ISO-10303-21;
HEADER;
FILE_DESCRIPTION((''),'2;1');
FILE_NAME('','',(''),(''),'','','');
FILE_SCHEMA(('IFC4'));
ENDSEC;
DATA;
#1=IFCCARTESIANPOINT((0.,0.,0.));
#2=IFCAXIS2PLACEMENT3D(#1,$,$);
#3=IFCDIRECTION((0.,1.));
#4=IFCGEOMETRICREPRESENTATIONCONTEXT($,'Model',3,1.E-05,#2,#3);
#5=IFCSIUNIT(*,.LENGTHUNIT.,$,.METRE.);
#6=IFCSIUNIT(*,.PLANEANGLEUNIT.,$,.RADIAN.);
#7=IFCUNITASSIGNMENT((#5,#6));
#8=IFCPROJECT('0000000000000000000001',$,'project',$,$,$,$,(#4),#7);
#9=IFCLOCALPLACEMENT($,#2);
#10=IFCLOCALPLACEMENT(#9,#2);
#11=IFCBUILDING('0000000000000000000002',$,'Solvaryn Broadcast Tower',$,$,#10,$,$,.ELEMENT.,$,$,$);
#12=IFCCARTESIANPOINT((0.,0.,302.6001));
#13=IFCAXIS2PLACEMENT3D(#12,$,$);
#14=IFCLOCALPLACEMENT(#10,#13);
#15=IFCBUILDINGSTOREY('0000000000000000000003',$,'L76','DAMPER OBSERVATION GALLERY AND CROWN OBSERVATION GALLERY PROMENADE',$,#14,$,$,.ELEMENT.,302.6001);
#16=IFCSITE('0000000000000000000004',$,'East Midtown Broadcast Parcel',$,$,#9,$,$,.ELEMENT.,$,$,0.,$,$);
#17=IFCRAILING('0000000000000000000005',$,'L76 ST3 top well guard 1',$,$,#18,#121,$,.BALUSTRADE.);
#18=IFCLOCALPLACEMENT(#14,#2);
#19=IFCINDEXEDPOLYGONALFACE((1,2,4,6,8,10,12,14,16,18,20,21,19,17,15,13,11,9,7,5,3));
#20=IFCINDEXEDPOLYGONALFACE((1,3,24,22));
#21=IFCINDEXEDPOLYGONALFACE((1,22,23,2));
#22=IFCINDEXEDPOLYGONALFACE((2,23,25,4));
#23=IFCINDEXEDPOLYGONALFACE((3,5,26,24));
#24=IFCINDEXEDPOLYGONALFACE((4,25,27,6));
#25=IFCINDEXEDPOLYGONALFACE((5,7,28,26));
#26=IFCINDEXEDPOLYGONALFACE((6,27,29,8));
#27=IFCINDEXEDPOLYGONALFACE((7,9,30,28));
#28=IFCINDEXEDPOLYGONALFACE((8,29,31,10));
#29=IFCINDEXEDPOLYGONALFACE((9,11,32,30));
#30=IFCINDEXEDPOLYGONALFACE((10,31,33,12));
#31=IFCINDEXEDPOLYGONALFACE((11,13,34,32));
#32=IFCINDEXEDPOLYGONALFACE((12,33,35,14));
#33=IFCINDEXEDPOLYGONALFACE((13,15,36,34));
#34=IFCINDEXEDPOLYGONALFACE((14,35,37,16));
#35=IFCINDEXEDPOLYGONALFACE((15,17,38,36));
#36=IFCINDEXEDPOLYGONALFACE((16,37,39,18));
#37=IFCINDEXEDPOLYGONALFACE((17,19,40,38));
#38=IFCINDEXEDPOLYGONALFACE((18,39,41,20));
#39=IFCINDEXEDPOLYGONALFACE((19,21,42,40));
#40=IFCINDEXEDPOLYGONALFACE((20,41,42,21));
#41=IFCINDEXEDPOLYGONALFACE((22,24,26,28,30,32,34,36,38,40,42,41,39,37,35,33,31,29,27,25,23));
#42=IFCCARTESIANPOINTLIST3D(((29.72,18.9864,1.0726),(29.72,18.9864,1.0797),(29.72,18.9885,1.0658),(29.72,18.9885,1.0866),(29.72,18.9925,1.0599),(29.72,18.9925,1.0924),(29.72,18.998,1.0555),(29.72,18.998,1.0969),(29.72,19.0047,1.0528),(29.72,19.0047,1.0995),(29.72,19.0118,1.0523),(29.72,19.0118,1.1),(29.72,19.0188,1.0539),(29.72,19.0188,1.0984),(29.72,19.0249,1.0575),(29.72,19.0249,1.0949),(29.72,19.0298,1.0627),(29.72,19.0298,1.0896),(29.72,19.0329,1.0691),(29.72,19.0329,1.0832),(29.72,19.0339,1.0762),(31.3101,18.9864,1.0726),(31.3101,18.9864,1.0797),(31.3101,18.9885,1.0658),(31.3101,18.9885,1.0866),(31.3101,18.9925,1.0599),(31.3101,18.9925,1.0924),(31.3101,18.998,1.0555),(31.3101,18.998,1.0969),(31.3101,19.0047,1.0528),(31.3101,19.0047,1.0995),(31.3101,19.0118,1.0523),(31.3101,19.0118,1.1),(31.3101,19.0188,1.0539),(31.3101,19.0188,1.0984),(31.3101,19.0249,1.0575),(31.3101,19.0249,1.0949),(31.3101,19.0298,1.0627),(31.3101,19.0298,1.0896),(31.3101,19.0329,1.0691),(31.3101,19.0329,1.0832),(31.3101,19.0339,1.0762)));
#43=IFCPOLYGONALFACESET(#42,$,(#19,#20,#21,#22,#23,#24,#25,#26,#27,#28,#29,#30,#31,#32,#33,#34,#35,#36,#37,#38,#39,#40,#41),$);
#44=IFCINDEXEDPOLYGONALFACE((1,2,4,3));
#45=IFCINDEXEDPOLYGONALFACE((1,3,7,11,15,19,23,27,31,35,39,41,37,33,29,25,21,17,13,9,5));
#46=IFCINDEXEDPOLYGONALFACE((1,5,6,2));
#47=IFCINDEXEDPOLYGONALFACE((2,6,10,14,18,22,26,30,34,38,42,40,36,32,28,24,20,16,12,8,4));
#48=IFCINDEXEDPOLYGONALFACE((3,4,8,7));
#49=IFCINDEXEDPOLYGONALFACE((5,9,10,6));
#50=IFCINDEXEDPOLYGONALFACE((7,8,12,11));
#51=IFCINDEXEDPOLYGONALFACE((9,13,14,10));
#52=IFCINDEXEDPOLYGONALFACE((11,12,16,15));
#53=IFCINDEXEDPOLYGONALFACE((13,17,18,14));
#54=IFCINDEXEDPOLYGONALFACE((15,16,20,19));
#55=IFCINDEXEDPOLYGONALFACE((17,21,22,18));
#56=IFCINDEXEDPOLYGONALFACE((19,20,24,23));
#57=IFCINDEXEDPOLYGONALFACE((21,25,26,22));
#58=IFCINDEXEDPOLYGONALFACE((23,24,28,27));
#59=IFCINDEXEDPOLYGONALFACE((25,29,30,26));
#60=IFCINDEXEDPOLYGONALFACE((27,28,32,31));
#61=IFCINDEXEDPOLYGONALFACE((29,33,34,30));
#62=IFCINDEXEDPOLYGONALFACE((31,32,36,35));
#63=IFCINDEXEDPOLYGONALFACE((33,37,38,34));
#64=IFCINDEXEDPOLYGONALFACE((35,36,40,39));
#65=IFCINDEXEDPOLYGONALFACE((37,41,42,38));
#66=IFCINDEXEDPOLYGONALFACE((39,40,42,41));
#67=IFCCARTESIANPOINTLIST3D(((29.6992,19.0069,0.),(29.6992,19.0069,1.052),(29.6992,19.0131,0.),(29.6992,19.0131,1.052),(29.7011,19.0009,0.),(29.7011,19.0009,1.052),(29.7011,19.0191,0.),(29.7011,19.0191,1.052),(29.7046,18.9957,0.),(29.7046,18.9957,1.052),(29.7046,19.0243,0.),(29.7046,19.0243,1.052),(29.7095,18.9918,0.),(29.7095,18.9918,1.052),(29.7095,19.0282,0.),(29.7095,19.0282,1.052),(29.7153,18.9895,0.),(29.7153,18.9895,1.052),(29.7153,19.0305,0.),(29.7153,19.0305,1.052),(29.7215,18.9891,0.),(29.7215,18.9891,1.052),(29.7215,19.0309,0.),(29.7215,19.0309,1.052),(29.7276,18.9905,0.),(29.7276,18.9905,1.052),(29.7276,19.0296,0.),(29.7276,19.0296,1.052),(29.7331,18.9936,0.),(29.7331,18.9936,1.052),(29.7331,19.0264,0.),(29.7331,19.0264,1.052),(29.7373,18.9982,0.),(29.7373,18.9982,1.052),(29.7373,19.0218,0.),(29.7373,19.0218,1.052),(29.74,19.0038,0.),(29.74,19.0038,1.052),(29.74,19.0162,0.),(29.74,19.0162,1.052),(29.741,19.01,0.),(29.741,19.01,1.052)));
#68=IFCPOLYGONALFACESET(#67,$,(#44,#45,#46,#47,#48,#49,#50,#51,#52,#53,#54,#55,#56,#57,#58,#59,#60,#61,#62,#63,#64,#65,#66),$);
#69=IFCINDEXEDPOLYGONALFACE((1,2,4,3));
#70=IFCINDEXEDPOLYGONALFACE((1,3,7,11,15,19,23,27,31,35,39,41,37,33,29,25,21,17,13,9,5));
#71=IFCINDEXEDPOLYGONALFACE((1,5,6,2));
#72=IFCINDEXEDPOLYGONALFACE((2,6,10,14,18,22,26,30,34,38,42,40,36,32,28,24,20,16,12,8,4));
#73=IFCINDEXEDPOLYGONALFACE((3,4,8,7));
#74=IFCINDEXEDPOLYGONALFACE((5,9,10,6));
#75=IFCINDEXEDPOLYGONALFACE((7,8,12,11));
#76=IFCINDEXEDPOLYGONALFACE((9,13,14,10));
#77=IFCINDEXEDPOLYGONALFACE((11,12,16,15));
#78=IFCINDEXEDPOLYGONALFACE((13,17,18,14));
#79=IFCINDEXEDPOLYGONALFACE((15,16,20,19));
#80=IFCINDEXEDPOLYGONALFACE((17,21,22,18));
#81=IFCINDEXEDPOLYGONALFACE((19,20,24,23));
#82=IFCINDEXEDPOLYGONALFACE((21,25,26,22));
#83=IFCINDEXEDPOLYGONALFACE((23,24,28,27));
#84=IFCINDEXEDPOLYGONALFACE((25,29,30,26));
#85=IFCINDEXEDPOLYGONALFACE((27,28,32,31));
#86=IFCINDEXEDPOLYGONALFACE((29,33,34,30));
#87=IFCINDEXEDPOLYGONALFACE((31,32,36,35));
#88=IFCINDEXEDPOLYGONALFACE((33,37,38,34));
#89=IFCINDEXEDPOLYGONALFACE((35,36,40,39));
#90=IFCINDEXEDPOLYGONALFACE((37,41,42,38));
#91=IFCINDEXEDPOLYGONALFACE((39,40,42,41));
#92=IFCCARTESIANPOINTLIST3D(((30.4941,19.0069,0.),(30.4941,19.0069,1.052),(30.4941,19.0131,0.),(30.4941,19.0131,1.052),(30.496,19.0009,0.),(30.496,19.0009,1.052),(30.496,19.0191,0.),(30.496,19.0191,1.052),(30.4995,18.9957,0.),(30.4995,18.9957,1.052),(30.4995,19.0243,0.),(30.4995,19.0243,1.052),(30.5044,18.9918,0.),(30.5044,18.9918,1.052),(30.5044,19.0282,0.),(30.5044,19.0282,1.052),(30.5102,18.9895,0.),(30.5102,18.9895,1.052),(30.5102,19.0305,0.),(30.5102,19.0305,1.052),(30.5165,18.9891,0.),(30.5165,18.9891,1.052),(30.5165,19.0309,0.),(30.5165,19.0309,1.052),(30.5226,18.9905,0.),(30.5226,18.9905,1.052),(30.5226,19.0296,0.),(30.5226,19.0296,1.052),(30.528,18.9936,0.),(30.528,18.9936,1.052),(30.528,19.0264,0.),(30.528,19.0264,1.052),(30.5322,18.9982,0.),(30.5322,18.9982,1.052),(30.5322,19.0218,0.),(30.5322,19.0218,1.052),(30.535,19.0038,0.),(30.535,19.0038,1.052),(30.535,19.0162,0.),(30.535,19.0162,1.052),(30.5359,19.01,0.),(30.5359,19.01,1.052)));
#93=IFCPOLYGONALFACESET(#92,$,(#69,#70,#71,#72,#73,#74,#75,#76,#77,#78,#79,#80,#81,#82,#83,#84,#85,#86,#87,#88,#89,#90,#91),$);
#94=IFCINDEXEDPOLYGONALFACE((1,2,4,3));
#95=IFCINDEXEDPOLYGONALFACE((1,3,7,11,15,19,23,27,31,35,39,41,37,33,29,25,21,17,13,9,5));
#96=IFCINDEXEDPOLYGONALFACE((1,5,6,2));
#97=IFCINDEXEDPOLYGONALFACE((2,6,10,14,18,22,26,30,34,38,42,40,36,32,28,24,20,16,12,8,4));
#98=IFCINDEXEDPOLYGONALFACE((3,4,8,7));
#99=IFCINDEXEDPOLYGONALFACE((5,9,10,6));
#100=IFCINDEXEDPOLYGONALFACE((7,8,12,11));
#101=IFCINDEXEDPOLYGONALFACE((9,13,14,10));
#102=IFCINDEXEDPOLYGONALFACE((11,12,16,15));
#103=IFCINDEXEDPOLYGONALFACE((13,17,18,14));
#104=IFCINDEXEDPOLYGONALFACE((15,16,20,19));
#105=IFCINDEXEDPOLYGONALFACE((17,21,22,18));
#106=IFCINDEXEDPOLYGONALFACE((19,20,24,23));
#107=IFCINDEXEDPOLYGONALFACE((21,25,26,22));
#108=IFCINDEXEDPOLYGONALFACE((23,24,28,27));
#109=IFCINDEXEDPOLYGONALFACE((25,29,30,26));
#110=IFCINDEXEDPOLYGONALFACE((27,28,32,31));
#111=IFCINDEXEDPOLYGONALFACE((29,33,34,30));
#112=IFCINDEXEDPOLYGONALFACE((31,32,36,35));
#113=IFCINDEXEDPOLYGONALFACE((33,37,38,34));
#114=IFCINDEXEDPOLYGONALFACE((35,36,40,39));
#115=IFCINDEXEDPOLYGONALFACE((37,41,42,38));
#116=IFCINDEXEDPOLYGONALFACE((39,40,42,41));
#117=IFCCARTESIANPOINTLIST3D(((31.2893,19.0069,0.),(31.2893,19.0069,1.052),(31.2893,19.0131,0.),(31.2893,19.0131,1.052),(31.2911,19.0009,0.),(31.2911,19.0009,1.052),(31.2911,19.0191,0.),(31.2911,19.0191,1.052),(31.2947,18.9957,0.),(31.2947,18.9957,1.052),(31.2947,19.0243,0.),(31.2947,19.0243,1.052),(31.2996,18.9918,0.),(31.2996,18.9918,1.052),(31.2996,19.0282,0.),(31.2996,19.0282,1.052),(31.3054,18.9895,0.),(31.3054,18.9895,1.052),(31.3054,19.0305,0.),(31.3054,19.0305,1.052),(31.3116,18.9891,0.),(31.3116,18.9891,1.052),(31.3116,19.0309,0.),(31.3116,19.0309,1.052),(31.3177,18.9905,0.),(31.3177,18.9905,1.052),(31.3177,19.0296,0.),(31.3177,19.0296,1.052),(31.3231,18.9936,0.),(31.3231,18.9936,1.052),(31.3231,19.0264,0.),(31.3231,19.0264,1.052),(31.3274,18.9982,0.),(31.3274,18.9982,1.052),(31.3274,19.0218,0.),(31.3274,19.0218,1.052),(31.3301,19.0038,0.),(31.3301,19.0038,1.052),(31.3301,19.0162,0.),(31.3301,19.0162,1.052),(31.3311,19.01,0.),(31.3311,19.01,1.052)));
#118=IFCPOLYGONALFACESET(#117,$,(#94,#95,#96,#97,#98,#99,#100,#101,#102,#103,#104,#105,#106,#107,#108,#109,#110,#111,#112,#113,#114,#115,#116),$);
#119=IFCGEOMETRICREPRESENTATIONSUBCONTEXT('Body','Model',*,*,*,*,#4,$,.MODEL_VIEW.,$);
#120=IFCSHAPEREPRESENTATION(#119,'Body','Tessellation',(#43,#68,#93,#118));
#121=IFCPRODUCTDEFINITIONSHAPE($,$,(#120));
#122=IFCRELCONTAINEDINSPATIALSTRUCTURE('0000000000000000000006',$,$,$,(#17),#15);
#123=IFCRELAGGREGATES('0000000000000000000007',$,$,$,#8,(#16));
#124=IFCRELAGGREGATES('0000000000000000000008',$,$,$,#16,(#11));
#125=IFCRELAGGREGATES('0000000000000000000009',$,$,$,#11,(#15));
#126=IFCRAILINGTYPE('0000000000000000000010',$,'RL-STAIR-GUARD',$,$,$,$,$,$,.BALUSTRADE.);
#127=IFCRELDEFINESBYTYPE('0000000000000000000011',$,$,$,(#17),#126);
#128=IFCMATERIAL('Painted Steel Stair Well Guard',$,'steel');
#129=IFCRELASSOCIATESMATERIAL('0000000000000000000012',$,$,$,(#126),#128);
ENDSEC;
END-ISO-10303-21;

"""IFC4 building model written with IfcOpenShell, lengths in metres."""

from ifc_helpers import new_model, si_unit, direction, frame, origin, origin_2d, place, context, subcontext, project, spatial, circle, extrude, material, type_object, element, save


model = new_model("IFC4")

# Units and contexts
model_context = context("Model", 3, precision=1e-05, world=origin(), true_north=direction((0.0, 1.0)))
body_context = subcontext(model_context, "Body", "Model", "MODEL_VIEW")
ifc_project = project(units=[si_unit("LENGTHUNIT", "METRE"), si_unit("PLANEANGLEUNIT", "RADIAN")], contexts=[model_context])

# Site, building, storey
site_placement = place(None, origin())
site = spatial("IfcSite", under=ifc_project, at=site_placement, Name="East Midtown Broadcast Parcel", CompositionType="ELEMENT", RefElevation=0.0)
building_placement = place(site_placement, origin())
building = spatial("IfcBuilding", under=site, at=building_placement, Name="Solvaryn Broadcast Tower", CompositionType="ELEMENT")
storey_placement = place(building_placement, frame((0.0, 0.0, 302.6001)))
storey = spatial("IfcBuildingStorey", under=building, at=storey_placement, Name="L76", Description="DAMPER OBSERVATION GALLERY AND CROWN OBSERVATION GALLERY PROMENADE", CompositionType="ELEMENT", Elevation=302.6001)

# Railing
ifc_material_1 = material(Name="Painted Steel Stair Well Guard", Category="steel")
railing_type = type_object("IfcRailingType", Name="RL-STAIR-GUARD", PredefinedType="BALUSTRADE", material=ifc_material_1)
railing_placement = place(storey_placement, frame((29.72, 19.01, 0.0)))
element("IfcRailing", 1, at=railing_placement, inside=storey, type_object=railing_type, Name="L76 ST3 top well guard 1", PredefinedType="BALUSTRADE", context=body_context, shape_type="SweptSolid", body=[
    extrude(circle(Radius=0.0239, at=origin_2d()), frame((0.0, 0.0, 1.0762), z_axis=(1.0, 0.0, 0.0), x_axis=(0.0, 1.0, 0.0)), (0.0, 0.0, 1.0), 1.5901),
    extrude(circle(Radius=0.021, at=origin_2d()), origin(), (0.0, 0.0, 1.0), 1.052),
    extrude(circle(Radius=0.021, at=origin_2d()), frame((0.7949, 0.0, 0.0)), (0.0, 0.0, 1.0), 1.052),
    extrude(circle(Radius=0.021, at=origin_2d()), frame((1.5901, 0.0, 0.0)), (0.0, 0.0, 1.0), 1.052),
])

save(model, "model.ifc")
